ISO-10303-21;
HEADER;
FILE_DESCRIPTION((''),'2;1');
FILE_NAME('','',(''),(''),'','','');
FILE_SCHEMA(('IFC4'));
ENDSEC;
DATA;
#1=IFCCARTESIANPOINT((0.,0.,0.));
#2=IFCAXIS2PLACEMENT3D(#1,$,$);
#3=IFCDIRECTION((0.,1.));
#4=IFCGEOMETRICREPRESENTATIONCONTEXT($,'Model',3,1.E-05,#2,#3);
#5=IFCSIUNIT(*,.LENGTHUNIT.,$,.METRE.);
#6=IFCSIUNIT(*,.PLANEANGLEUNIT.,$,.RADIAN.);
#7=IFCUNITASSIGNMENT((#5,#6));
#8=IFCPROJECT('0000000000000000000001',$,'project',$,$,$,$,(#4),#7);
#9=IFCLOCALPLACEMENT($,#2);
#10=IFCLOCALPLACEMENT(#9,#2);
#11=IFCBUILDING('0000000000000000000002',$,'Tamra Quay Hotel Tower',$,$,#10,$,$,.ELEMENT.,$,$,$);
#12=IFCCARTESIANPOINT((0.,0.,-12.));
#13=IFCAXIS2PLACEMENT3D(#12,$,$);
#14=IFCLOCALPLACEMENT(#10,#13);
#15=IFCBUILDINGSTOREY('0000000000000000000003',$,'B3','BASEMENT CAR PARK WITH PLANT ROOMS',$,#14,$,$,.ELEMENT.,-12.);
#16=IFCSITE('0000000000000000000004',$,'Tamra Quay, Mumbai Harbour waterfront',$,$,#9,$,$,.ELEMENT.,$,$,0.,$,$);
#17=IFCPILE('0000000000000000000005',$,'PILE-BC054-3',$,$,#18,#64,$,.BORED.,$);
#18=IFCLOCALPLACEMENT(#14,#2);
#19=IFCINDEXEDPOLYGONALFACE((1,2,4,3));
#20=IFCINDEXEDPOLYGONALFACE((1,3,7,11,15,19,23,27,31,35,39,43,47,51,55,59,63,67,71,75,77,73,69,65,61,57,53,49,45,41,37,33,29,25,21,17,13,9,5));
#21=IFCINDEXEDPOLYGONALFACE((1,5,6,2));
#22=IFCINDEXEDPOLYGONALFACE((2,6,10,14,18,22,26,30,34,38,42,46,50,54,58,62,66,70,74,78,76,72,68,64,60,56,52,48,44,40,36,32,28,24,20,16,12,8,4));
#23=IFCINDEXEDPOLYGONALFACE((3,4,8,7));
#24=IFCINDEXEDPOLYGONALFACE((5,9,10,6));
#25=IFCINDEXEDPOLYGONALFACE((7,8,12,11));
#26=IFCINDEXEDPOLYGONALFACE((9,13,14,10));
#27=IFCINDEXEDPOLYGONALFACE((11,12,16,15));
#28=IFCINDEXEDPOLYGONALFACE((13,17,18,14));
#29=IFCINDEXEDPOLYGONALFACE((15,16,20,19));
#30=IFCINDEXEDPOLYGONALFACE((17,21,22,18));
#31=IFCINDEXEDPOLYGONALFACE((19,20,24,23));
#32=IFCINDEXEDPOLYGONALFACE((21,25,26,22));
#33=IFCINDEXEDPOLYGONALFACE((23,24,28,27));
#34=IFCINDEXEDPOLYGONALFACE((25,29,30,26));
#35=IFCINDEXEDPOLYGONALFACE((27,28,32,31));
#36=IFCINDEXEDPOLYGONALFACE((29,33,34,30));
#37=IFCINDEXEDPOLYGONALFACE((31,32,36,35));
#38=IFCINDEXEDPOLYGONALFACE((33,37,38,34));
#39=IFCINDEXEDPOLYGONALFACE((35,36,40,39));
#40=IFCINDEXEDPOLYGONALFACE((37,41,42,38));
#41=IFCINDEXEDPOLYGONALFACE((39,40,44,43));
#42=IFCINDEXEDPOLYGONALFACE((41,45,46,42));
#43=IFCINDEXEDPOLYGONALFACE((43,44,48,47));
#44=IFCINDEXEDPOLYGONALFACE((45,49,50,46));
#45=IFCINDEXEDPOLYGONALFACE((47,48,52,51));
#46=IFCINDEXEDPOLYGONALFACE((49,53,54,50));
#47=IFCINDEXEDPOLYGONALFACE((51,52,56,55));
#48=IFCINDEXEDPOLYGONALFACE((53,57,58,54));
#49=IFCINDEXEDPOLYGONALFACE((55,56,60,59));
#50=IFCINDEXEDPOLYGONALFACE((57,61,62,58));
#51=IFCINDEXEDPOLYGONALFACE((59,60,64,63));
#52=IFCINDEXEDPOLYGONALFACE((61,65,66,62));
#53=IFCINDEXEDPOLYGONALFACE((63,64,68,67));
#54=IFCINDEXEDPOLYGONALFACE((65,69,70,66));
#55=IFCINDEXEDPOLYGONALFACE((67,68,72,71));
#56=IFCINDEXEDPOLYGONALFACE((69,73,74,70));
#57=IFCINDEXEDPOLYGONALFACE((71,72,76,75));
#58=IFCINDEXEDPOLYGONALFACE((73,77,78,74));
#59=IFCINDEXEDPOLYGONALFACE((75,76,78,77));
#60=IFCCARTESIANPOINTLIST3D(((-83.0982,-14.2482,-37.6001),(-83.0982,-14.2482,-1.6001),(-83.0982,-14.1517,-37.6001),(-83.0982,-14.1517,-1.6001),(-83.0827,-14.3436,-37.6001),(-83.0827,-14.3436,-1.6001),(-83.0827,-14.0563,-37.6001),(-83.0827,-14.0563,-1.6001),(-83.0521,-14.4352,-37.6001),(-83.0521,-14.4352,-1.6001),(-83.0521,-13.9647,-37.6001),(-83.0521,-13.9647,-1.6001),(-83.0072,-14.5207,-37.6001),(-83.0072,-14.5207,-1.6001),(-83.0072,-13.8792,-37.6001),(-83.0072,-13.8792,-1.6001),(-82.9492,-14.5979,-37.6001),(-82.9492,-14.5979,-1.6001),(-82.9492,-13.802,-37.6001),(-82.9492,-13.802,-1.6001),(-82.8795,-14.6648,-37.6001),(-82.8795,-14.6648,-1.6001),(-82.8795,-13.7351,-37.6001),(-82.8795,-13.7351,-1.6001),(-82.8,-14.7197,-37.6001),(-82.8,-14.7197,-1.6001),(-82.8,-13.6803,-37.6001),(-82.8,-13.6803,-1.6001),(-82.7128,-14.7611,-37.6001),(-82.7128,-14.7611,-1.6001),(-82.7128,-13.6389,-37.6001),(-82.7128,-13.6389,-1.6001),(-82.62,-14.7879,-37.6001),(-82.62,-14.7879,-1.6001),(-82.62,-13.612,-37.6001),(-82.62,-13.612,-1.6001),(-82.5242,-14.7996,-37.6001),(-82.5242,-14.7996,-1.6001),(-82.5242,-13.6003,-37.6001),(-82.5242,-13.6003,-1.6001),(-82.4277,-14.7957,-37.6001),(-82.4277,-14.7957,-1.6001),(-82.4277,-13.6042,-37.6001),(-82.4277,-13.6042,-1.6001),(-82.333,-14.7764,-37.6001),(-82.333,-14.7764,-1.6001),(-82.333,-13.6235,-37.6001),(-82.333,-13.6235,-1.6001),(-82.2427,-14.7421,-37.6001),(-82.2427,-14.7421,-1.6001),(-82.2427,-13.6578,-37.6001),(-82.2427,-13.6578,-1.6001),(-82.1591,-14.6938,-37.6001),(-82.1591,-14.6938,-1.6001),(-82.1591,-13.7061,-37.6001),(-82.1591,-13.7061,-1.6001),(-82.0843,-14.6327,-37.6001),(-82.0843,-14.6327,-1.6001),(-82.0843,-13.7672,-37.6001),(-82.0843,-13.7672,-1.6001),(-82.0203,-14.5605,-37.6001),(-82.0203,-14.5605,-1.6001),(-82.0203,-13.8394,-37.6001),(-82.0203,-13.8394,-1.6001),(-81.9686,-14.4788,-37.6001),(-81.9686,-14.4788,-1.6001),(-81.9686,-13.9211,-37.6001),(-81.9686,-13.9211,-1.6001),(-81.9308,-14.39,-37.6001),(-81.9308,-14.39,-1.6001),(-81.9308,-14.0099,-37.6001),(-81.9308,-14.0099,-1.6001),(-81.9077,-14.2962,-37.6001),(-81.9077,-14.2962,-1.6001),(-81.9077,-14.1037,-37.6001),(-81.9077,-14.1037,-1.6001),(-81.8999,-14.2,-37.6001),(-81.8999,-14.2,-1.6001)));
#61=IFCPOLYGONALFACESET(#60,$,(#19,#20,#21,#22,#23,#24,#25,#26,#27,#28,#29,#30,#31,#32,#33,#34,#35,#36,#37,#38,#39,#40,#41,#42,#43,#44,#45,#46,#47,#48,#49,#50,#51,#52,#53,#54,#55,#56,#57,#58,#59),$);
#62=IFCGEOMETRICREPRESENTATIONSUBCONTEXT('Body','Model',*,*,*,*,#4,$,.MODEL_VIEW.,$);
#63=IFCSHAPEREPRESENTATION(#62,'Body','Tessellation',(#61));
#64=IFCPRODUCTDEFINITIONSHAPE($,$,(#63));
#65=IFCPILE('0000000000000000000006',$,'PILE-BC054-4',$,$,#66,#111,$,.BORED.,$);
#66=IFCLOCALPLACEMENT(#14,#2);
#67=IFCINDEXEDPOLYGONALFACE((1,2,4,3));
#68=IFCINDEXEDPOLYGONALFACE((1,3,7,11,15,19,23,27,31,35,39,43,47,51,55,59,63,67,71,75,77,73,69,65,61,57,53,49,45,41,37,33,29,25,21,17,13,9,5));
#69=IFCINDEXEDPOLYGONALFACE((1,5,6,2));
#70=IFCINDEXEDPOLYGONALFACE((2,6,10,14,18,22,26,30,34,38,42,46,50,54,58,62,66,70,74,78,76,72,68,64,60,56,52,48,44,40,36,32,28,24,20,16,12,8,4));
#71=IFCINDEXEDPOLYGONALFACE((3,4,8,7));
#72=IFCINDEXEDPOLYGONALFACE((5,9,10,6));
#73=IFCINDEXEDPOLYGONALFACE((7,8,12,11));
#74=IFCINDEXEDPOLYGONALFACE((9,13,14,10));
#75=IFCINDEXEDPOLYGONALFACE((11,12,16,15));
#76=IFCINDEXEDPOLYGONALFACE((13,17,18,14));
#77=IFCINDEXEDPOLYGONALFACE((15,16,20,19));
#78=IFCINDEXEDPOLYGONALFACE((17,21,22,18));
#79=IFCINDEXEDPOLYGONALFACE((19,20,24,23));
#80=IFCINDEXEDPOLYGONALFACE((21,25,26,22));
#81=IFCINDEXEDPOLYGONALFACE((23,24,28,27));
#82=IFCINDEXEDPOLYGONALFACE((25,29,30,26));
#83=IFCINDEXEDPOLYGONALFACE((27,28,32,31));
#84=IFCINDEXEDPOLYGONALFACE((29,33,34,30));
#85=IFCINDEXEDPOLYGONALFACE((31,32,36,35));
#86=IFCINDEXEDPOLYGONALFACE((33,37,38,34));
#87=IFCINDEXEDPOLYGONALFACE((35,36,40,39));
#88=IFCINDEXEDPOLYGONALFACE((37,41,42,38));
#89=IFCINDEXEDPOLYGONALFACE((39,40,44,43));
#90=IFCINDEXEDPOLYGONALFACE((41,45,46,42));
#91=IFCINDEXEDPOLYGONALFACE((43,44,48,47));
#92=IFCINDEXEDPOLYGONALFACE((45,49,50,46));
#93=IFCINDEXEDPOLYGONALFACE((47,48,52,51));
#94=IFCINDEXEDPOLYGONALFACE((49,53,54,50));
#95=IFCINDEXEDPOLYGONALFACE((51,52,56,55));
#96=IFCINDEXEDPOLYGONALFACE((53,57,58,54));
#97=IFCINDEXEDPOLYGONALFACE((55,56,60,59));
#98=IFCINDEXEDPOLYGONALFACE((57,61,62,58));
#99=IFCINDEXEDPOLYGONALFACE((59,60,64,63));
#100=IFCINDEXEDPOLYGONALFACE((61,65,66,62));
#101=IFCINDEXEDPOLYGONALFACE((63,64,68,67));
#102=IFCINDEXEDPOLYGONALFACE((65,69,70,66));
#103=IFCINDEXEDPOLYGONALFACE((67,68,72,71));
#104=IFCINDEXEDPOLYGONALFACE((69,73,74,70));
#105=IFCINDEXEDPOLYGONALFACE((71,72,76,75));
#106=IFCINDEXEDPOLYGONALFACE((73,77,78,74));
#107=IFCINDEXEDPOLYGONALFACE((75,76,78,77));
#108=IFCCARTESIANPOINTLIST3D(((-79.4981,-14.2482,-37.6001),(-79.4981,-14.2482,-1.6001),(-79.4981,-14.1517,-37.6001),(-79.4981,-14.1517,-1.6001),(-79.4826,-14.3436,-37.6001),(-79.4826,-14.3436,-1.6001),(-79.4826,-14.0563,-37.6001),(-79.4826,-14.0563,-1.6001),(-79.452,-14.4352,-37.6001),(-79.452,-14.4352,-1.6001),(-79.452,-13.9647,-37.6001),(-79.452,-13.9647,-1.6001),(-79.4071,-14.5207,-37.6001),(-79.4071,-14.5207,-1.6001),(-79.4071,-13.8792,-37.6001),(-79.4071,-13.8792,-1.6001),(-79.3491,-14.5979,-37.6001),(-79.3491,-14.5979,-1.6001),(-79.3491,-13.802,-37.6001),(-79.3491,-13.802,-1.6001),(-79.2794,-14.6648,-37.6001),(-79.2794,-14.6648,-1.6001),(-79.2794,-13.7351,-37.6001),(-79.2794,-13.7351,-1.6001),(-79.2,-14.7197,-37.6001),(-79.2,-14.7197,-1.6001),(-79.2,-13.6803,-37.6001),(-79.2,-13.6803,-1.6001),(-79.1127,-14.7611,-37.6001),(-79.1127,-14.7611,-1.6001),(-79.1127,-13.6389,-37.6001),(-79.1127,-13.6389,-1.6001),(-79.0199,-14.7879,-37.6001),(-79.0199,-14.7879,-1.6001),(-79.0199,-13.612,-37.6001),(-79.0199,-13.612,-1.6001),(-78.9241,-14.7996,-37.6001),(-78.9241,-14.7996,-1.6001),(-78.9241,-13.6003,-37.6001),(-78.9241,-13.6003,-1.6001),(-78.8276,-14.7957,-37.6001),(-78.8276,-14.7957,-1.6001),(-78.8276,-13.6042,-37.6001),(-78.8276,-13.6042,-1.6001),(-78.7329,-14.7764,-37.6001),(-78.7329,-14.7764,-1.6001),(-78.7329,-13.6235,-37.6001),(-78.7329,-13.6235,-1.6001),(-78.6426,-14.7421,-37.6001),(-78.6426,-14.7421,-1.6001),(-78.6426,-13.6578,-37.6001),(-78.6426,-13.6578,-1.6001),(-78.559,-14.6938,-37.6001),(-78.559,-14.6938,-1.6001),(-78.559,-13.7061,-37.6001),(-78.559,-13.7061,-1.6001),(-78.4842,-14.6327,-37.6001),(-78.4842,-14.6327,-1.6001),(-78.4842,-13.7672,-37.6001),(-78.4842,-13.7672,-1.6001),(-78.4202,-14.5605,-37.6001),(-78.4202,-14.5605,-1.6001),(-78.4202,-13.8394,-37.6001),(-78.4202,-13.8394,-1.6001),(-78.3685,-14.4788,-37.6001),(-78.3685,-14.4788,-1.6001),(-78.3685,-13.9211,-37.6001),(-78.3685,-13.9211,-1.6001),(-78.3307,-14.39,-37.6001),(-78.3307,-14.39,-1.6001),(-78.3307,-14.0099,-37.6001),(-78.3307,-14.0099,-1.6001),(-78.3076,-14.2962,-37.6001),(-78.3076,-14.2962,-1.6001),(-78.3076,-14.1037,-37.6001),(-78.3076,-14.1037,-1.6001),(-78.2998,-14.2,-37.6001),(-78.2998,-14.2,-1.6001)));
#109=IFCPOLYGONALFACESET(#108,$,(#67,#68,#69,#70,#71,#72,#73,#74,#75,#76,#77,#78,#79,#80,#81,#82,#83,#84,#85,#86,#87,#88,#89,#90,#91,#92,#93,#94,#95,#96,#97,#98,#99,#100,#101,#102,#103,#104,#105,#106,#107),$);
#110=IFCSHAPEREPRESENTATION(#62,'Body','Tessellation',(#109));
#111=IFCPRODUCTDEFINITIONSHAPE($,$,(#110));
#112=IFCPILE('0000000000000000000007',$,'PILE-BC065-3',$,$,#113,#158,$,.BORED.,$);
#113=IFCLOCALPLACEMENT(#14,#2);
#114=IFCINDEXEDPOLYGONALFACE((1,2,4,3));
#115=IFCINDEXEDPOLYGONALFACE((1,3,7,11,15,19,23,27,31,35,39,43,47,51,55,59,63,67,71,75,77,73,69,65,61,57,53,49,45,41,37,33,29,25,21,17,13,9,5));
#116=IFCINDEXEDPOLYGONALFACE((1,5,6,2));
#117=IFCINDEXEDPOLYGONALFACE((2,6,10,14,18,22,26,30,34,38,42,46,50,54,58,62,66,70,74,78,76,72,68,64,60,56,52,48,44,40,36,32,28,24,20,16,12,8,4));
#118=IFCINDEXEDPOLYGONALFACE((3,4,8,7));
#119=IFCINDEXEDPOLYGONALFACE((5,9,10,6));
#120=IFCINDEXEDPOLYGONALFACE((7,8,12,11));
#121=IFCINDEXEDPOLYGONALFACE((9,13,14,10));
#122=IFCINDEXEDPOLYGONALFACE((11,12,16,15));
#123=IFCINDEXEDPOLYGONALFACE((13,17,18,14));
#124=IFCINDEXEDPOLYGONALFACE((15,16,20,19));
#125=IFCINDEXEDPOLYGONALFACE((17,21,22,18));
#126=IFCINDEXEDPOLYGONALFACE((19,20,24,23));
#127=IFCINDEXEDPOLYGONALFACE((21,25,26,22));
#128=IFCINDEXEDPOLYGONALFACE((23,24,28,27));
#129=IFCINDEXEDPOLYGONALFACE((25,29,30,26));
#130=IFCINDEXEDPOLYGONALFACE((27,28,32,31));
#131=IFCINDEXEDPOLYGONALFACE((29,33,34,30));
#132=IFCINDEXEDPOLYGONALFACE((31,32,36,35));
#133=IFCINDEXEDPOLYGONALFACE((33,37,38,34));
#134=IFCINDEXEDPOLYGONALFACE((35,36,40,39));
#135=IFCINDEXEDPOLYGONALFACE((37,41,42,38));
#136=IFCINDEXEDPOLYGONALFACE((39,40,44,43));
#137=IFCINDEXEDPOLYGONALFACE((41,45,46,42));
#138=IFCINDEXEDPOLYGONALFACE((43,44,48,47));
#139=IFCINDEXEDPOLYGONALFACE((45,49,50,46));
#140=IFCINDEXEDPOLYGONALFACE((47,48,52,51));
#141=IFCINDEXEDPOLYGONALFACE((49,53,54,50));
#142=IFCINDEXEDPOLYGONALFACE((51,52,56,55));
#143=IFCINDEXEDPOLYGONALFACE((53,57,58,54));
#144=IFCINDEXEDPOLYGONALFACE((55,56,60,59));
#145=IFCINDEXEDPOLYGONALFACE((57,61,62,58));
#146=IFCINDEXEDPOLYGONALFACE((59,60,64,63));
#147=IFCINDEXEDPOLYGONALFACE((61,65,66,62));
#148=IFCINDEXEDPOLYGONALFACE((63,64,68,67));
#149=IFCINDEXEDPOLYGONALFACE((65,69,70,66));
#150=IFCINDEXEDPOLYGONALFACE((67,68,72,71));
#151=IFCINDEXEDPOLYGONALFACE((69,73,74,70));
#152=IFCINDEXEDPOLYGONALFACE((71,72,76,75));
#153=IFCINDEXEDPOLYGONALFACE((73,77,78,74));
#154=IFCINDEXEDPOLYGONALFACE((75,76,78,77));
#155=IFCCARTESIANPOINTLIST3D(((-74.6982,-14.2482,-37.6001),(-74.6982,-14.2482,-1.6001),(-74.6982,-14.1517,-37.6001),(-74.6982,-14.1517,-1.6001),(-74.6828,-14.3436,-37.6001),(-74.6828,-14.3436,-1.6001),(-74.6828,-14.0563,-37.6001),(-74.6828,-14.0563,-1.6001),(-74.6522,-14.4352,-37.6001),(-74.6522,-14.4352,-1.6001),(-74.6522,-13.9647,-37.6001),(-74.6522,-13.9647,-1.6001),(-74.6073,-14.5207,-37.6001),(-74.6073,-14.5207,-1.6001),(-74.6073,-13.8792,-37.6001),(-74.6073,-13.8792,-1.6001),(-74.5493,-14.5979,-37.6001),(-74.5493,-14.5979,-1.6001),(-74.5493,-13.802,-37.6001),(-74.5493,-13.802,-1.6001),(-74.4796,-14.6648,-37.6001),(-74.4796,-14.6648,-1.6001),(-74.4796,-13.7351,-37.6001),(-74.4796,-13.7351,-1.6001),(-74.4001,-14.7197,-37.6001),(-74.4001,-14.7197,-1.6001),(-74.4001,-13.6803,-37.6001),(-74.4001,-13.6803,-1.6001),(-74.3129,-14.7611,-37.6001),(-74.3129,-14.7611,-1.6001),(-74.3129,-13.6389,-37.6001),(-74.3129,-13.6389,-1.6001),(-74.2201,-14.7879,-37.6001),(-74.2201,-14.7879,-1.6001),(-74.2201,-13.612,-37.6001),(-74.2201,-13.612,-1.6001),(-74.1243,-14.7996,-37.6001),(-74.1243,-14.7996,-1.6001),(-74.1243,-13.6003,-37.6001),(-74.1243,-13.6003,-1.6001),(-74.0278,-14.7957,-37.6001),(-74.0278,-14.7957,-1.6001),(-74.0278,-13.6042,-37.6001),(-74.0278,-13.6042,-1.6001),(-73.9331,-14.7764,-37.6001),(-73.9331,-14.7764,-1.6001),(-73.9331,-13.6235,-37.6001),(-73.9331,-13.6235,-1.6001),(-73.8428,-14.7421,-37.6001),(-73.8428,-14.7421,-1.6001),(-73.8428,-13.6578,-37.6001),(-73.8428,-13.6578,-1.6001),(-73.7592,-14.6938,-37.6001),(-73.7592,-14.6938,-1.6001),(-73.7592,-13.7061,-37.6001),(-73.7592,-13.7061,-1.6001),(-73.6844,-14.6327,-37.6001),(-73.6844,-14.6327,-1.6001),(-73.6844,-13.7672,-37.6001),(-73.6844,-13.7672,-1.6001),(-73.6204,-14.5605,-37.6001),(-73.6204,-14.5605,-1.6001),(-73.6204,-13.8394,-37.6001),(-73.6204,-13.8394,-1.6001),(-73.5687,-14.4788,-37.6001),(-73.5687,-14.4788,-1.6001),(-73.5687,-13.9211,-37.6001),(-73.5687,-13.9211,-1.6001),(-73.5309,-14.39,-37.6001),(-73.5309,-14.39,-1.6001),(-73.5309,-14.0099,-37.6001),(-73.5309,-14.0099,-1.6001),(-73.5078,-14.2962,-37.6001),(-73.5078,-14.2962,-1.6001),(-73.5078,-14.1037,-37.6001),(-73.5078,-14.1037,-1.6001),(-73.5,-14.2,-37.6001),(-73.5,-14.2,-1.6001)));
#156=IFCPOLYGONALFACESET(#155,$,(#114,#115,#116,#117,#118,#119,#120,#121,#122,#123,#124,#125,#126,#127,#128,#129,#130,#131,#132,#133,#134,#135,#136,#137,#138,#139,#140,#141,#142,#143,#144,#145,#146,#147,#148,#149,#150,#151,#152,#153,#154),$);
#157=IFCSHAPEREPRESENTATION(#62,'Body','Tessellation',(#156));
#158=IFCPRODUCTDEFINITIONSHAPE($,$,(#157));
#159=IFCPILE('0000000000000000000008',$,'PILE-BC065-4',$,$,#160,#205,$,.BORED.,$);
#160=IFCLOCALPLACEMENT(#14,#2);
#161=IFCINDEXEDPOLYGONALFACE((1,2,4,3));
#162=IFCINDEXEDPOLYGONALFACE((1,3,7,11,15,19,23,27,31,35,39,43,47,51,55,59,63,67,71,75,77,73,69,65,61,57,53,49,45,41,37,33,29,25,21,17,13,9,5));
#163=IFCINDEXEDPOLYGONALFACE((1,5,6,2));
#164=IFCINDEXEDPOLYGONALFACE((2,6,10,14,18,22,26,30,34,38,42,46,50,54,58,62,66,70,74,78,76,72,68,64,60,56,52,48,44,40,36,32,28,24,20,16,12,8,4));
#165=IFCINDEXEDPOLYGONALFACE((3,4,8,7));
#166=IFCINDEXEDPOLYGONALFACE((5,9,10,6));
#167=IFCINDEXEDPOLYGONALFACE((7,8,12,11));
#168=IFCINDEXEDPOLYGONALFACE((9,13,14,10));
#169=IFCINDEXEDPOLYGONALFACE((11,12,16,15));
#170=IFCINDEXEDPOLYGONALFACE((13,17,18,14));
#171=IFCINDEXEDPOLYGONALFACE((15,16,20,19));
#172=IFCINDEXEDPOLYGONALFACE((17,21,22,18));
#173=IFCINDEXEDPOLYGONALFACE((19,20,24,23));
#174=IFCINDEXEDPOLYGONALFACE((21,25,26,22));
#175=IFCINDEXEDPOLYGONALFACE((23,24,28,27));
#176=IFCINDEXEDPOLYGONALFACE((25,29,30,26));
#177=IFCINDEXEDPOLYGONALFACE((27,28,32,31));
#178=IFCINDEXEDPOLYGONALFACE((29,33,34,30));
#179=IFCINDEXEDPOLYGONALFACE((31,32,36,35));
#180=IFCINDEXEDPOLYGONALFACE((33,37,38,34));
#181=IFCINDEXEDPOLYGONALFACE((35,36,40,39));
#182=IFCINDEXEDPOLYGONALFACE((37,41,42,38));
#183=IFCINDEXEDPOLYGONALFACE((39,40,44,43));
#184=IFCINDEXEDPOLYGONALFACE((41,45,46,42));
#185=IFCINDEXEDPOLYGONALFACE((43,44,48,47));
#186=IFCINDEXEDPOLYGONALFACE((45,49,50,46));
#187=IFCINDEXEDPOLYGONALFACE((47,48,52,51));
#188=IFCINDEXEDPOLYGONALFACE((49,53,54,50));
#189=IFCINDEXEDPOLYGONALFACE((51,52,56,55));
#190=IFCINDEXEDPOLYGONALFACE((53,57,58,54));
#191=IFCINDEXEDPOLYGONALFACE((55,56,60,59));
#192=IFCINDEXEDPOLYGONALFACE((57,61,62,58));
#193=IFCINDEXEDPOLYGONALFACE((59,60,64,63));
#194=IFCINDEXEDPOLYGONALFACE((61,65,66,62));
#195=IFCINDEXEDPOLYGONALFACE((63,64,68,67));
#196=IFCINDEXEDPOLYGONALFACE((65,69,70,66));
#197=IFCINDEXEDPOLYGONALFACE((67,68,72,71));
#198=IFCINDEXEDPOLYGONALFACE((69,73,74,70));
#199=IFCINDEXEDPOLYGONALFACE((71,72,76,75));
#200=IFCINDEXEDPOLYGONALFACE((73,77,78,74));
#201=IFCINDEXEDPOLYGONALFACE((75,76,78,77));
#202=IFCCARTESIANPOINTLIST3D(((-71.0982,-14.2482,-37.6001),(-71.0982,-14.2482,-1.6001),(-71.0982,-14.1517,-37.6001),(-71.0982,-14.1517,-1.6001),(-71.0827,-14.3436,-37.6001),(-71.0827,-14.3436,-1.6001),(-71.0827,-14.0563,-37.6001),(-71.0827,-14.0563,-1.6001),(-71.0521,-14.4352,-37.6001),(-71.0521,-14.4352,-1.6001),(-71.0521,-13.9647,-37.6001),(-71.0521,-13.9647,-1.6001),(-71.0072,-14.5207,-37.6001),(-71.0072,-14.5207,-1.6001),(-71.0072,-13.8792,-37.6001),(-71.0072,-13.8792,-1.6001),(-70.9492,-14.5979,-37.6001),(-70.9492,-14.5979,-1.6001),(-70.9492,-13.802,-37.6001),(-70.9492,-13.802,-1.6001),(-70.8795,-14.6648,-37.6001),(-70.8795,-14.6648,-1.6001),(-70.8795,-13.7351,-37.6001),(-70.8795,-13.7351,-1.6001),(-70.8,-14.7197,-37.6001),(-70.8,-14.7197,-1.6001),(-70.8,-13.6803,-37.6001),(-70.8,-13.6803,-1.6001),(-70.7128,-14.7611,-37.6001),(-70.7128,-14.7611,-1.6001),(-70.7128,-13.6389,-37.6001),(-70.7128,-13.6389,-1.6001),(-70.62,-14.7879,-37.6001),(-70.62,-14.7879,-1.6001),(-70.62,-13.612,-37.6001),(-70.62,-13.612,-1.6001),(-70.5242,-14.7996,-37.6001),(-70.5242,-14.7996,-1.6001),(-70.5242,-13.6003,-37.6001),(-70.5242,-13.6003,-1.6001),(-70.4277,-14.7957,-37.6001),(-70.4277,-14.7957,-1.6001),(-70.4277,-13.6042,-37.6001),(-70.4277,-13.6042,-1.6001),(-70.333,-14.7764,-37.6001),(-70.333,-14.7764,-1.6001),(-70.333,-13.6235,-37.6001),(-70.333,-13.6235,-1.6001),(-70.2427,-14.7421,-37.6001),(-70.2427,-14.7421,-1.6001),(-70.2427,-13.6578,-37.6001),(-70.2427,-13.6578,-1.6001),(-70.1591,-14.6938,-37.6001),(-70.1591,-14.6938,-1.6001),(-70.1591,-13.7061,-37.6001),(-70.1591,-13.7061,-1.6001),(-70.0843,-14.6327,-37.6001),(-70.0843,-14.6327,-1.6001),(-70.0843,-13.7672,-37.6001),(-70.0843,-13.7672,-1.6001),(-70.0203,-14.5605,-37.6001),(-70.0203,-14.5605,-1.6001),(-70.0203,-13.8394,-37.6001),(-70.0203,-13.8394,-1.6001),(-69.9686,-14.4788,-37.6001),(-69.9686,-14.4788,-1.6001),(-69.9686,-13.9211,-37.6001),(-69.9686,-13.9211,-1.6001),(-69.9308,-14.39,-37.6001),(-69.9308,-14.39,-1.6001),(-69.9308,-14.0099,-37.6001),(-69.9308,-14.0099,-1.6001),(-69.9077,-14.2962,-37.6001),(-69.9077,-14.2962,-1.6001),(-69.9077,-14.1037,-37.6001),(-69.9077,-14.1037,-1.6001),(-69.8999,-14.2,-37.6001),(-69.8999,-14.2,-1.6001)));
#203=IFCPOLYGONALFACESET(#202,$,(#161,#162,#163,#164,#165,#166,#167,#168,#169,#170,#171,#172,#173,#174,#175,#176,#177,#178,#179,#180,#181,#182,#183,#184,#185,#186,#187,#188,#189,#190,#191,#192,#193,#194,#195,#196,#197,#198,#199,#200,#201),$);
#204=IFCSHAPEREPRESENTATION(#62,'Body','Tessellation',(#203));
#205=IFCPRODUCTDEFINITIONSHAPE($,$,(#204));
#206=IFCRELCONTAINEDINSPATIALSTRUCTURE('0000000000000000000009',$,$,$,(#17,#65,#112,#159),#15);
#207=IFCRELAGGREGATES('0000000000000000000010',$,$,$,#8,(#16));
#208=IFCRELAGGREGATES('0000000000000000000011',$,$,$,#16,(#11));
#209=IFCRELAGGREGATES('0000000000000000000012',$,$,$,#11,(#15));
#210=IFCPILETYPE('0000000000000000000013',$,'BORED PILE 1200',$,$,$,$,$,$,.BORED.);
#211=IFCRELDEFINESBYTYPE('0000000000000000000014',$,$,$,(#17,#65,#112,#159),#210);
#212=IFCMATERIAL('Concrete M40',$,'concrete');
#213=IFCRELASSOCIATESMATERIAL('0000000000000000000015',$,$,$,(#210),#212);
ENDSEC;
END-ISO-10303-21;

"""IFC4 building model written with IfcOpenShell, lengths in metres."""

from ifc_helpers import new_model, si_unit, direction, frame, origin, origin_2d, place, context, subcontext, project, spatial, circle, extrude, material, material_profile, profile_set, type_object, element, save


model = new_model("IFC4")

# Units and contexts
model_context = context("Model", 3, precision=1e-05, world=origin(), true_north=direction((0.0, 1.0)))
body_context = subcontext(model_context, "Body", "Model", "MODEL_VIEW")
ifc_project = project(units=[si_unit("LENGTHUNIT", "METRE"), si_unit("PLANEANGLEUNIT", "RADIAN")], contexts=[model_context])

# Site, building, storey
site_placement = place(None, origin())
site = spatial("IfcSite", under=ifc_project, at=site_placement, Name="Tamra Quay, Mumbai Harbour waterfront", CompositionType="ELEMENT", RefElevation=0.0)
building_placement = place(site_placement, origin())
building = spatial("IfcBuilding", under=site, at=building_placement, Name="Tamra Quay Hotel Tower", CompositionType="ELEMENT")
storey_placement = place(building_placement, frame((0.0, 0.0, -12.0)))
storey = spatial("IfcBuildingStorey", under=building, at=storey_placement, Name="B3", Description="BASEMENT CAR PARK WITH PLANT ROOMS", CompositionType="ELEMENT", Elevation=-12.0)

# Piles
ifc_material_1 = material(Name="Concrete M40", Category="concrete")
ifc_material_profile_1 = material_profile(ifc_material_1, circle(Radius=0.6001, at=origin_2d()), Name="BORED PILE 1200")
ifc_profile_set_1 = profile_set([ifc_material_profile_1], Name="Concrete M40")
pile_type = type_object("IfcPileType", Name="BORED PILE 1200", PredefinedType="BORED", material=ifc_profile_set_1)
for number, where, z_axis, x_axis, name in (
    (1, (-82.5, -14.2, -1.6001), (0.0, 0.0, -1.0), (1.0, 0.0, 0.0), "PILE-BC054-3"),
    (2, (-78.8999, -14.2, -1.6001), (0.0, 0.0, -1.0), (1.0, 0.0, 0.0), "PILE-BC054-4"),
    (3, (-74.1001, -14.2, -1.6001), (0.0, 0.0, -1.0), (1.0, 0.0, 0.0), "PILE-BC065-3"),
    (4, (-70.5, -14.2, -1.6001), (0.0, 0.0, -1.0), (1.0, 0.0, 0.0), "PILE-BC065-4"),
):
    element("IfcPile", number, at=place(storey_placement, frame(where, z_axis=z_axis, x_axis=x_axis)), inside=storey, type_object=pile_type, Name=name, PredefinedType="BORED", context=body_context, shape_type="SweptSolid", body=[
        extrude(circle(Radius=0.6001, at=origin_2d()), origin(), (0.0, 0.0, 1.0), 36.0),
    ])

save(model, "model.ifc")
